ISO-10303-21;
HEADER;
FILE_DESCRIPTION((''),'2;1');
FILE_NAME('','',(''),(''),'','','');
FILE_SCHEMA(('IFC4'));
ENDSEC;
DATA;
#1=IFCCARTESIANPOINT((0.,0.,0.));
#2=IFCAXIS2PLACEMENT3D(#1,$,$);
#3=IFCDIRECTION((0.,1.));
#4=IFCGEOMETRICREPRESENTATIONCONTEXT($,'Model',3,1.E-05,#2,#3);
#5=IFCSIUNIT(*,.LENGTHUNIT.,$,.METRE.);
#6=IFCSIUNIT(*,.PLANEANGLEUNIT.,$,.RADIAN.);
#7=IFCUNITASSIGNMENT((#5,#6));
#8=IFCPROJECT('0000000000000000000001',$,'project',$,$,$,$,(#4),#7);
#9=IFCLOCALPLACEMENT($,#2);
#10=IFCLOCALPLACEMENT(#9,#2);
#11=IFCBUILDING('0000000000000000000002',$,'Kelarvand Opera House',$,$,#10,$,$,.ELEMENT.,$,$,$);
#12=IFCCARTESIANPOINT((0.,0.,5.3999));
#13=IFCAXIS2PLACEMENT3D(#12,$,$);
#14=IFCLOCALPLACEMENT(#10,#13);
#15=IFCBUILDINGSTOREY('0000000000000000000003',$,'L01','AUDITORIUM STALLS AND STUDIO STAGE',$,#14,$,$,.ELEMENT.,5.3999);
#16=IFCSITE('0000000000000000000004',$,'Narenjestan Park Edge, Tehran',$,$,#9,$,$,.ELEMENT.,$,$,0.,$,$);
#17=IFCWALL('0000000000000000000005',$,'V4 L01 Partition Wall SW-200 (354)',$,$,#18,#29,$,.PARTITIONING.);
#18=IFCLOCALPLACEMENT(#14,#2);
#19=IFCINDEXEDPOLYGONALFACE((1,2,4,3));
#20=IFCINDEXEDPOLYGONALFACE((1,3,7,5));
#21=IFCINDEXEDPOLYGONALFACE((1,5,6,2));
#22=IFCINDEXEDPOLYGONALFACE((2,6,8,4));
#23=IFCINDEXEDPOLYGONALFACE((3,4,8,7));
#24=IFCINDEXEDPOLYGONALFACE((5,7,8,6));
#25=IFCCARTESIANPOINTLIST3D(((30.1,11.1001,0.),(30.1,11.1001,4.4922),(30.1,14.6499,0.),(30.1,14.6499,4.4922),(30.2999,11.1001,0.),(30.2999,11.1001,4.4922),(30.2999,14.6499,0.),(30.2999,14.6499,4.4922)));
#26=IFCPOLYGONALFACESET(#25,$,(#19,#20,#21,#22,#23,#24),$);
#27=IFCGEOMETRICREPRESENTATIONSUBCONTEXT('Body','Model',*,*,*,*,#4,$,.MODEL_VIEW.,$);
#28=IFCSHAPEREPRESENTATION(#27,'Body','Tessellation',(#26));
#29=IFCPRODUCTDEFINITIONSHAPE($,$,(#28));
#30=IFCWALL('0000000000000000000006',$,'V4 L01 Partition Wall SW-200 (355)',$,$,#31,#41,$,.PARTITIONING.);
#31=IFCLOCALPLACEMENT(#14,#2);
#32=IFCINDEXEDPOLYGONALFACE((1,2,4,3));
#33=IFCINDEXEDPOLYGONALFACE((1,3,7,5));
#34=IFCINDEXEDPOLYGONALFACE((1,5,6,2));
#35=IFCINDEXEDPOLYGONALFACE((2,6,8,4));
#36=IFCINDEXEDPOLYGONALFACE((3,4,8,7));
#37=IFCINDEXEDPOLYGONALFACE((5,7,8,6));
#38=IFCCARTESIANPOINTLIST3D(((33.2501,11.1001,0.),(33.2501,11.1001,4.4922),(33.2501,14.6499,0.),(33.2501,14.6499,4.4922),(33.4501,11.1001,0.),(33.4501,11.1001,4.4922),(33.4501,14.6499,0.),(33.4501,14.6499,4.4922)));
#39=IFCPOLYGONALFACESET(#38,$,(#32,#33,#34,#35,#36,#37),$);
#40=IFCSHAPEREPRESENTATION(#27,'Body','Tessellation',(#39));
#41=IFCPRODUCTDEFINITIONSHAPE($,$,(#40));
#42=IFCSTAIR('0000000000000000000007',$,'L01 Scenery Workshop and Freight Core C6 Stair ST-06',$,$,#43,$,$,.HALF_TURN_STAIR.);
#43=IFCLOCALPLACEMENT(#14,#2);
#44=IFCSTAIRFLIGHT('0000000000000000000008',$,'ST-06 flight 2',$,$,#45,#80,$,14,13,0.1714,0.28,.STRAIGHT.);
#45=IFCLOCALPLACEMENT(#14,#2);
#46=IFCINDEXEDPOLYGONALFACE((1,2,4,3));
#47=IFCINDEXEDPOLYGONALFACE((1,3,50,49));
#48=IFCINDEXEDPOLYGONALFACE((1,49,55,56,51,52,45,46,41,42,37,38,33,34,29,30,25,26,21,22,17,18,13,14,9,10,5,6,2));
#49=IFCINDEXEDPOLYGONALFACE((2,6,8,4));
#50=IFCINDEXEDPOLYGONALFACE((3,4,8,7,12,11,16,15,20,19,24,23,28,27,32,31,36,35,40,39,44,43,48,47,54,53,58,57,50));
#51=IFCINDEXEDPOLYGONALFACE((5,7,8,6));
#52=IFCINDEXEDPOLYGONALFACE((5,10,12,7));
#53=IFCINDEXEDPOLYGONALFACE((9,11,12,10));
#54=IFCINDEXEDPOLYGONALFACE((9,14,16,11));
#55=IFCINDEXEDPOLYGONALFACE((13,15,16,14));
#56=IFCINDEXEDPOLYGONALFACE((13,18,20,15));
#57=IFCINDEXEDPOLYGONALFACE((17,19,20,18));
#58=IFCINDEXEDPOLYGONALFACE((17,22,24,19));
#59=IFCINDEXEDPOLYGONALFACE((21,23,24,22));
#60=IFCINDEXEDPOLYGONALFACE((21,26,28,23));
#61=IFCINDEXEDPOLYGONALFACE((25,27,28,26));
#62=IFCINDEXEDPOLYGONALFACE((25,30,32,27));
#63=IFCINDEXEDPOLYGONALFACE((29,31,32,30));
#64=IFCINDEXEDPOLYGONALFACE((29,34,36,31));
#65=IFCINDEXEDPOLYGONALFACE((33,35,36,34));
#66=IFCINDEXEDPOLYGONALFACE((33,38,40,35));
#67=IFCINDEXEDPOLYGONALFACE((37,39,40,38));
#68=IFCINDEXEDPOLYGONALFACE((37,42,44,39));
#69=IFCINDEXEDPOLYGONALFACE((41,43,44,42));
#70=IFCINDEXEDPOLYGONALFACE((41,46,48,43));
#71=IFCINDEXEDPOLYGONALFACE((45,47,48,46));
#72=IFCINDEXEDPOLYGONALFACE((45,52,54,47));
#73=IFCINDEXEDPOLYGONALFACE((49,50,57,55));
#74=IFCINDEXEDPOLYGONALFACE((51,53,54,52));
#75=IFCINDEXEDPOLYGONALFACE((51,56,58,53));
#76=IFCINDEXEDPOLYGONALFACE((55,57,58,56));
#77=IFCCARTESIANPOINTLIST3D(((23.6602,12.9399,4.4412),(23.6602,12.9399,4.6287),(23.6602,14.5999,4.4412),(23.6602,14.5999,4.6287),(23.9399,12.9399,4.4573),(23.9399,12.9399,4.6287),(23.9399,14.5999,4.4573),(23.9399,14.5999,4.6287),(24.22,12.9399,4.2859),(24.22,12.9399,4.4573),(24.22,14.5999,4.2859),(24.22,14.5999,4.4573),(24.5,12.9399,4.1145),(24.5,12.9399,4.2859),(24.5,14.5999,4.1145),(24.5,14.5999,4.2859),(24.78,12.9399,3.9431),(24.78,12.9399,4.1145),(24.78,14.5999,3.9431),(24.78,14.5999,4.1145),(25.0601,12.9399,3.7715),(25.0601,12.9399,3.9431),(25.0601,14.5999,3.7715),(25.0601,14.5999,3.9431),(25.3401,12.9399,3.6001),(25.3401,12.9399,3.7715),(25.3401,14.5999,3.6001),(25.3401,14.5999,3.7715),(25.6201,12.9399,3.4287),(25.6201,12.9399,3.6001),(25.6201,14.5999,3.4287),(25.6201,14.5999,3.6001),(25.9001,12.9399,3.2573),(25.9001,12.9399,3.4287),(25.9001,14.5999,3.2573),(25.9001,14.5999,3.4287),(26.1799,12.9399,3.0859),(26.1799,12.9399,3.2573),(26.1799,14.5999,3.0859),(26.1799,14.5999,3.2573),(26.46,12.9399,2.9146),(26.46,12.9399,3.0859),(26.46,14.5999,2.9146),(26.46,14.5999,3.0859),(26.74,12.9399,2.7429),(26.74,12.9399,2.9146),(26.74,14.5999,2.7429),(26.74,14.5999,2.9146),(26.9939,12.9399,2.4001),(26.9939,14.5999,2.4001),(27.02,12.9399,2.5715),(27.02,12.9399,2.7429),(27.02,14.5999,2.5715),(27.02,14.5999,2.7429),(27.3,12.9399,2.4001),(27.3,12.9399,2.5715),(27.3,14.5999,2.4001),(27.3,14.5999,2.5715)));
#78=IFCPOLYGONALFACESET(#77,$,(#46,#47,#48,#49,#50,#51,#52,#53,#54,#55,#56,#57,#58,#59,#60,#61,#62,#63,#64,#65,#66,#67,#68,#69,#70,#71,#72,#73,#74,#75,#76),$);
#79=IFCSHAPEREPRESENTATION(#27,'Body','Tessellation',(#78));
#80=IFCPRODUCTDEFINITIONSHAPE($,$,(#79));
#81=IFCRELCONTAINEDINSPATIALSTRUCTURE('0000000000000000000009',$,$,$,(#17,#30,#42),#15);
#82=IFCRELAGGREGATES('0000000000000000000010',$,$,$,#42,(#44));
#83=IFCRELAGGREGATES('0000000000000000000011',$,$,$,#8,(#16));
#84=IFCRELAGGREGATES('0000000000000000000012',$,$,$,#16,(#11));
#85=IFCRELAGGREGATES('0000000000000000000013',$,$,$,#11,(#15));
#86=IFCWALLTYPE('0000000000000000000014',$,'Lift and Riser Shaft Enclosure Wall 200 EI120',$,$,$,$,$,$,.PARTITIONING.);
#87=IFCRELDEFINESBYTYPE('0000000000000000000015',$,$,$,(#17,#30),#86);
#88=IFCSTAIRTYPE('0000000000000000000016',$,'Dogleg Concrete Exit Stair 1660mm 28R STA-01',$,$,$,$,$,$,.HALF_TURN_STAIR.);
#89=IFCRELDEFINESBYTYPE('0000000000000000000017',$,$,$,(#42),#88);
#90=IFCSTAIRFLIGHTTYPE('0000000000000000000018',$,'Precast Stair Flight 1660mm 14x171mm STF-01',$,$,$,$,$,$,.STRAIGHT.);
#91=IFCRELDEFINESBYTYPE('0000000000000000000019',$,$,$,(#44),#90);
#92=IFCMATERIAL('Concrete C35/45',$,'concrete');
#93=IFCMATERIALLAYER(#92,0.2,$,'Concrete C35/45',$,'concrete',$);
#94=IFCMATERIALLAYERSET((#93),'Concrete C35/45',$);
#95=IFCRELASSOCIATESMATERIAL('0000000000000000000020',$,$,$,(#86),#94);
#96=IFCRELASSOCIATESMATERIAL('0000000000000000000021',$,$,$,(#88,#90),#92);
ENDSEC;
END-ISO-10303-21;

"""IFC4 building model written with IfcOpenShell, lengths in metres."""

from ifc_helpers import new_model, si_unit, direction, frame, frame_2d, origin, place, context, subcontext, project, spatial, polyline, rectangle, outline, extrude, material, layer, layer_set, type_object, element, aggregate, save


model = new_model("IFC4")

# Units and contexts
model_context = context("Model", 3, precision=1e-05, world=origin(), true_north=direction((0.0, 1.0)))
body_context = subcontext(model_context, "Body", "Model", "MODEL_VIEW")
ifc_project = project(units=[si_unit("LENGTHUNIT", "METRE"), si_unit("PLANEANGLEUNIT", "RADIAN")], contexts=[model_context])

# Site, building, storey
site_placement = place(None, origin())
site = spatial("IfcSite", under=ifc_project, at=site_placement, Name="Narenjestan Park Edge, Tehran", CompositionType="ELEMENT", RefElevation=0.0)
building_placement = place(site_placement, origin())
building = spatial("IfcBuilding", under=site, at=building_placement, Name="Kelarvand Opera House", CompositionType="ELEMENT")
storey_placement = place(building_placement, frame((0.0, 0.0, 5.3999)))
storey = spatial("IfcBuildingStorey", under=building, at=storey_placement, Name="L01", Description="AUDITORIUM STALLS AND STUDIO STAGE", CompositionType="ELEMENT", Elevation=5.3999)

# Shared definitions
ifc_material_1 = material(Name="Concrete C35/45", Category="concrete")

# Shared definitions
ifc_layer_1 = layer(ifc_material_1, 0.2, Name="Concrete C35/45", Category="concrete")
ifc_layer_set_1 = layer_set([ifc_layer_1], Name="Concrete C35/45")
wall_type_1 = type_object("IfcWallType", Name="Lift and Riser Shaft Enclosure Wall 200 EI120", PredefinedType="PARTITIONING", material=ifc_layer_set_1)

# Walls
for number, where, z_axis, x_axis, name in (
    (1, (30.2, 11.1001, 0.0), (0.0, 0.0, 1.0), (0.0, 1.0, 0.0), "V4 L01 Partition Wall SW-200 (354)"),
    (2, (33.3501, 14.6499, 0.0), (0.0, 0.0, 1.0), (0.0, -1.0, 0.0), "V4 L01 Partition Wall SW-200 (355)"),
):
    element("IfcWall", number, at=place(storey_placement, frame(where, z_axis=z_axis, x_axis=x_axis)), inside=storey, type_object=wall_type_1, Name=name, PredefinedType="PARTITIONING", context=body_context, shape_type="SweptSolid", body=[
        extrude(rectangle(XDim=3.5498, YDim=0.2, at=frame_2d((1.7749, 0.0))), origin(), (0.0, 0.0, 1.0), 4.4922),
    ])

# Stair, stair flight
stair_type = type_object("IfcStairType", Name="Dogleg Concrete Exit Stair 1660mm 28R STA-01", PredefinedType="HALF_TURN_STAIR", material=ifc_material_1)
stair_placement = place(storey_placement, origin())
stair = element("IfcStair", 3, at=stair_placement, inside=storey, type_object=stair_type, Name="L01 Scenery Workshop and Freight Core C6 Stair ST-06", PredefinedType="HALF_TURN_STAIR")
stair_flight_type = type_object("IfcStairFlightType", Name="Precast Stair Flight 1660mm 14x171mm STF-01", PredefinedType="STRAIGHT", material=ifc_material_1)
stair_flight_placement = place(storey_placement, frame((27.3, 13.77, 2.4001), z_axis=(0.0, 0.0, 1.0), x_axis=(-1.0, 0.0, 0.0)))
stair_flight = element("IfcStairFlight", 4, at=stair_flight_placement, type_object=stair_flight_type, Name="ST-06 flight 2", NumberOfRisers=14, NumberOfTreads=13, PredefinedType="STRAIGHT", RiserHeight=0.1714, TreadLength=0.28, context=body_context, shape_type="SweptSolid", body=[
    extrude(outline(polyline([(0.0, 0.0), (0.0, 0.1714), (0.28, 0.1714), (0.28, 0.3428), (0.5601, 0.3428), (0.5601, 0.5144), (0.8401, 0.5144), (0.8401, 0.6858), (1.1201, 0.6858), (1.1201, 0.8572), (1.3999, 0.8572), (1.3999, 1.0286), (1.6799, 1.0286), (1.6799, 1.2), (1.96, 1.2), (1.96, 1.3713), (2.24, 1.3713), (2.24, 1.543), (2.52, 1.543), (2.52, 1.7144), (2.8, 1.7144), (2.8, 1.8857), (3.0801, 1.8857), (3.0801, 2.0571), (3.3601, 2.0571), (3.3601, 2.2285), (3.6399, 2.2285), (3.6399, 2.3999), (3.6399, 2.041), (0.3062, 0.0), (0.0, 0.0)])), frame((0.0, 0.8301, 0.0), z_axis=(0.0, -1.0, 0.0), x_axis=(1.0, 0.0, 0.0)), (0.0, 0.0, 1.0), 1.6599),
])
aggregate(stair, [stair_flight])

save(model, "model.ifc")
